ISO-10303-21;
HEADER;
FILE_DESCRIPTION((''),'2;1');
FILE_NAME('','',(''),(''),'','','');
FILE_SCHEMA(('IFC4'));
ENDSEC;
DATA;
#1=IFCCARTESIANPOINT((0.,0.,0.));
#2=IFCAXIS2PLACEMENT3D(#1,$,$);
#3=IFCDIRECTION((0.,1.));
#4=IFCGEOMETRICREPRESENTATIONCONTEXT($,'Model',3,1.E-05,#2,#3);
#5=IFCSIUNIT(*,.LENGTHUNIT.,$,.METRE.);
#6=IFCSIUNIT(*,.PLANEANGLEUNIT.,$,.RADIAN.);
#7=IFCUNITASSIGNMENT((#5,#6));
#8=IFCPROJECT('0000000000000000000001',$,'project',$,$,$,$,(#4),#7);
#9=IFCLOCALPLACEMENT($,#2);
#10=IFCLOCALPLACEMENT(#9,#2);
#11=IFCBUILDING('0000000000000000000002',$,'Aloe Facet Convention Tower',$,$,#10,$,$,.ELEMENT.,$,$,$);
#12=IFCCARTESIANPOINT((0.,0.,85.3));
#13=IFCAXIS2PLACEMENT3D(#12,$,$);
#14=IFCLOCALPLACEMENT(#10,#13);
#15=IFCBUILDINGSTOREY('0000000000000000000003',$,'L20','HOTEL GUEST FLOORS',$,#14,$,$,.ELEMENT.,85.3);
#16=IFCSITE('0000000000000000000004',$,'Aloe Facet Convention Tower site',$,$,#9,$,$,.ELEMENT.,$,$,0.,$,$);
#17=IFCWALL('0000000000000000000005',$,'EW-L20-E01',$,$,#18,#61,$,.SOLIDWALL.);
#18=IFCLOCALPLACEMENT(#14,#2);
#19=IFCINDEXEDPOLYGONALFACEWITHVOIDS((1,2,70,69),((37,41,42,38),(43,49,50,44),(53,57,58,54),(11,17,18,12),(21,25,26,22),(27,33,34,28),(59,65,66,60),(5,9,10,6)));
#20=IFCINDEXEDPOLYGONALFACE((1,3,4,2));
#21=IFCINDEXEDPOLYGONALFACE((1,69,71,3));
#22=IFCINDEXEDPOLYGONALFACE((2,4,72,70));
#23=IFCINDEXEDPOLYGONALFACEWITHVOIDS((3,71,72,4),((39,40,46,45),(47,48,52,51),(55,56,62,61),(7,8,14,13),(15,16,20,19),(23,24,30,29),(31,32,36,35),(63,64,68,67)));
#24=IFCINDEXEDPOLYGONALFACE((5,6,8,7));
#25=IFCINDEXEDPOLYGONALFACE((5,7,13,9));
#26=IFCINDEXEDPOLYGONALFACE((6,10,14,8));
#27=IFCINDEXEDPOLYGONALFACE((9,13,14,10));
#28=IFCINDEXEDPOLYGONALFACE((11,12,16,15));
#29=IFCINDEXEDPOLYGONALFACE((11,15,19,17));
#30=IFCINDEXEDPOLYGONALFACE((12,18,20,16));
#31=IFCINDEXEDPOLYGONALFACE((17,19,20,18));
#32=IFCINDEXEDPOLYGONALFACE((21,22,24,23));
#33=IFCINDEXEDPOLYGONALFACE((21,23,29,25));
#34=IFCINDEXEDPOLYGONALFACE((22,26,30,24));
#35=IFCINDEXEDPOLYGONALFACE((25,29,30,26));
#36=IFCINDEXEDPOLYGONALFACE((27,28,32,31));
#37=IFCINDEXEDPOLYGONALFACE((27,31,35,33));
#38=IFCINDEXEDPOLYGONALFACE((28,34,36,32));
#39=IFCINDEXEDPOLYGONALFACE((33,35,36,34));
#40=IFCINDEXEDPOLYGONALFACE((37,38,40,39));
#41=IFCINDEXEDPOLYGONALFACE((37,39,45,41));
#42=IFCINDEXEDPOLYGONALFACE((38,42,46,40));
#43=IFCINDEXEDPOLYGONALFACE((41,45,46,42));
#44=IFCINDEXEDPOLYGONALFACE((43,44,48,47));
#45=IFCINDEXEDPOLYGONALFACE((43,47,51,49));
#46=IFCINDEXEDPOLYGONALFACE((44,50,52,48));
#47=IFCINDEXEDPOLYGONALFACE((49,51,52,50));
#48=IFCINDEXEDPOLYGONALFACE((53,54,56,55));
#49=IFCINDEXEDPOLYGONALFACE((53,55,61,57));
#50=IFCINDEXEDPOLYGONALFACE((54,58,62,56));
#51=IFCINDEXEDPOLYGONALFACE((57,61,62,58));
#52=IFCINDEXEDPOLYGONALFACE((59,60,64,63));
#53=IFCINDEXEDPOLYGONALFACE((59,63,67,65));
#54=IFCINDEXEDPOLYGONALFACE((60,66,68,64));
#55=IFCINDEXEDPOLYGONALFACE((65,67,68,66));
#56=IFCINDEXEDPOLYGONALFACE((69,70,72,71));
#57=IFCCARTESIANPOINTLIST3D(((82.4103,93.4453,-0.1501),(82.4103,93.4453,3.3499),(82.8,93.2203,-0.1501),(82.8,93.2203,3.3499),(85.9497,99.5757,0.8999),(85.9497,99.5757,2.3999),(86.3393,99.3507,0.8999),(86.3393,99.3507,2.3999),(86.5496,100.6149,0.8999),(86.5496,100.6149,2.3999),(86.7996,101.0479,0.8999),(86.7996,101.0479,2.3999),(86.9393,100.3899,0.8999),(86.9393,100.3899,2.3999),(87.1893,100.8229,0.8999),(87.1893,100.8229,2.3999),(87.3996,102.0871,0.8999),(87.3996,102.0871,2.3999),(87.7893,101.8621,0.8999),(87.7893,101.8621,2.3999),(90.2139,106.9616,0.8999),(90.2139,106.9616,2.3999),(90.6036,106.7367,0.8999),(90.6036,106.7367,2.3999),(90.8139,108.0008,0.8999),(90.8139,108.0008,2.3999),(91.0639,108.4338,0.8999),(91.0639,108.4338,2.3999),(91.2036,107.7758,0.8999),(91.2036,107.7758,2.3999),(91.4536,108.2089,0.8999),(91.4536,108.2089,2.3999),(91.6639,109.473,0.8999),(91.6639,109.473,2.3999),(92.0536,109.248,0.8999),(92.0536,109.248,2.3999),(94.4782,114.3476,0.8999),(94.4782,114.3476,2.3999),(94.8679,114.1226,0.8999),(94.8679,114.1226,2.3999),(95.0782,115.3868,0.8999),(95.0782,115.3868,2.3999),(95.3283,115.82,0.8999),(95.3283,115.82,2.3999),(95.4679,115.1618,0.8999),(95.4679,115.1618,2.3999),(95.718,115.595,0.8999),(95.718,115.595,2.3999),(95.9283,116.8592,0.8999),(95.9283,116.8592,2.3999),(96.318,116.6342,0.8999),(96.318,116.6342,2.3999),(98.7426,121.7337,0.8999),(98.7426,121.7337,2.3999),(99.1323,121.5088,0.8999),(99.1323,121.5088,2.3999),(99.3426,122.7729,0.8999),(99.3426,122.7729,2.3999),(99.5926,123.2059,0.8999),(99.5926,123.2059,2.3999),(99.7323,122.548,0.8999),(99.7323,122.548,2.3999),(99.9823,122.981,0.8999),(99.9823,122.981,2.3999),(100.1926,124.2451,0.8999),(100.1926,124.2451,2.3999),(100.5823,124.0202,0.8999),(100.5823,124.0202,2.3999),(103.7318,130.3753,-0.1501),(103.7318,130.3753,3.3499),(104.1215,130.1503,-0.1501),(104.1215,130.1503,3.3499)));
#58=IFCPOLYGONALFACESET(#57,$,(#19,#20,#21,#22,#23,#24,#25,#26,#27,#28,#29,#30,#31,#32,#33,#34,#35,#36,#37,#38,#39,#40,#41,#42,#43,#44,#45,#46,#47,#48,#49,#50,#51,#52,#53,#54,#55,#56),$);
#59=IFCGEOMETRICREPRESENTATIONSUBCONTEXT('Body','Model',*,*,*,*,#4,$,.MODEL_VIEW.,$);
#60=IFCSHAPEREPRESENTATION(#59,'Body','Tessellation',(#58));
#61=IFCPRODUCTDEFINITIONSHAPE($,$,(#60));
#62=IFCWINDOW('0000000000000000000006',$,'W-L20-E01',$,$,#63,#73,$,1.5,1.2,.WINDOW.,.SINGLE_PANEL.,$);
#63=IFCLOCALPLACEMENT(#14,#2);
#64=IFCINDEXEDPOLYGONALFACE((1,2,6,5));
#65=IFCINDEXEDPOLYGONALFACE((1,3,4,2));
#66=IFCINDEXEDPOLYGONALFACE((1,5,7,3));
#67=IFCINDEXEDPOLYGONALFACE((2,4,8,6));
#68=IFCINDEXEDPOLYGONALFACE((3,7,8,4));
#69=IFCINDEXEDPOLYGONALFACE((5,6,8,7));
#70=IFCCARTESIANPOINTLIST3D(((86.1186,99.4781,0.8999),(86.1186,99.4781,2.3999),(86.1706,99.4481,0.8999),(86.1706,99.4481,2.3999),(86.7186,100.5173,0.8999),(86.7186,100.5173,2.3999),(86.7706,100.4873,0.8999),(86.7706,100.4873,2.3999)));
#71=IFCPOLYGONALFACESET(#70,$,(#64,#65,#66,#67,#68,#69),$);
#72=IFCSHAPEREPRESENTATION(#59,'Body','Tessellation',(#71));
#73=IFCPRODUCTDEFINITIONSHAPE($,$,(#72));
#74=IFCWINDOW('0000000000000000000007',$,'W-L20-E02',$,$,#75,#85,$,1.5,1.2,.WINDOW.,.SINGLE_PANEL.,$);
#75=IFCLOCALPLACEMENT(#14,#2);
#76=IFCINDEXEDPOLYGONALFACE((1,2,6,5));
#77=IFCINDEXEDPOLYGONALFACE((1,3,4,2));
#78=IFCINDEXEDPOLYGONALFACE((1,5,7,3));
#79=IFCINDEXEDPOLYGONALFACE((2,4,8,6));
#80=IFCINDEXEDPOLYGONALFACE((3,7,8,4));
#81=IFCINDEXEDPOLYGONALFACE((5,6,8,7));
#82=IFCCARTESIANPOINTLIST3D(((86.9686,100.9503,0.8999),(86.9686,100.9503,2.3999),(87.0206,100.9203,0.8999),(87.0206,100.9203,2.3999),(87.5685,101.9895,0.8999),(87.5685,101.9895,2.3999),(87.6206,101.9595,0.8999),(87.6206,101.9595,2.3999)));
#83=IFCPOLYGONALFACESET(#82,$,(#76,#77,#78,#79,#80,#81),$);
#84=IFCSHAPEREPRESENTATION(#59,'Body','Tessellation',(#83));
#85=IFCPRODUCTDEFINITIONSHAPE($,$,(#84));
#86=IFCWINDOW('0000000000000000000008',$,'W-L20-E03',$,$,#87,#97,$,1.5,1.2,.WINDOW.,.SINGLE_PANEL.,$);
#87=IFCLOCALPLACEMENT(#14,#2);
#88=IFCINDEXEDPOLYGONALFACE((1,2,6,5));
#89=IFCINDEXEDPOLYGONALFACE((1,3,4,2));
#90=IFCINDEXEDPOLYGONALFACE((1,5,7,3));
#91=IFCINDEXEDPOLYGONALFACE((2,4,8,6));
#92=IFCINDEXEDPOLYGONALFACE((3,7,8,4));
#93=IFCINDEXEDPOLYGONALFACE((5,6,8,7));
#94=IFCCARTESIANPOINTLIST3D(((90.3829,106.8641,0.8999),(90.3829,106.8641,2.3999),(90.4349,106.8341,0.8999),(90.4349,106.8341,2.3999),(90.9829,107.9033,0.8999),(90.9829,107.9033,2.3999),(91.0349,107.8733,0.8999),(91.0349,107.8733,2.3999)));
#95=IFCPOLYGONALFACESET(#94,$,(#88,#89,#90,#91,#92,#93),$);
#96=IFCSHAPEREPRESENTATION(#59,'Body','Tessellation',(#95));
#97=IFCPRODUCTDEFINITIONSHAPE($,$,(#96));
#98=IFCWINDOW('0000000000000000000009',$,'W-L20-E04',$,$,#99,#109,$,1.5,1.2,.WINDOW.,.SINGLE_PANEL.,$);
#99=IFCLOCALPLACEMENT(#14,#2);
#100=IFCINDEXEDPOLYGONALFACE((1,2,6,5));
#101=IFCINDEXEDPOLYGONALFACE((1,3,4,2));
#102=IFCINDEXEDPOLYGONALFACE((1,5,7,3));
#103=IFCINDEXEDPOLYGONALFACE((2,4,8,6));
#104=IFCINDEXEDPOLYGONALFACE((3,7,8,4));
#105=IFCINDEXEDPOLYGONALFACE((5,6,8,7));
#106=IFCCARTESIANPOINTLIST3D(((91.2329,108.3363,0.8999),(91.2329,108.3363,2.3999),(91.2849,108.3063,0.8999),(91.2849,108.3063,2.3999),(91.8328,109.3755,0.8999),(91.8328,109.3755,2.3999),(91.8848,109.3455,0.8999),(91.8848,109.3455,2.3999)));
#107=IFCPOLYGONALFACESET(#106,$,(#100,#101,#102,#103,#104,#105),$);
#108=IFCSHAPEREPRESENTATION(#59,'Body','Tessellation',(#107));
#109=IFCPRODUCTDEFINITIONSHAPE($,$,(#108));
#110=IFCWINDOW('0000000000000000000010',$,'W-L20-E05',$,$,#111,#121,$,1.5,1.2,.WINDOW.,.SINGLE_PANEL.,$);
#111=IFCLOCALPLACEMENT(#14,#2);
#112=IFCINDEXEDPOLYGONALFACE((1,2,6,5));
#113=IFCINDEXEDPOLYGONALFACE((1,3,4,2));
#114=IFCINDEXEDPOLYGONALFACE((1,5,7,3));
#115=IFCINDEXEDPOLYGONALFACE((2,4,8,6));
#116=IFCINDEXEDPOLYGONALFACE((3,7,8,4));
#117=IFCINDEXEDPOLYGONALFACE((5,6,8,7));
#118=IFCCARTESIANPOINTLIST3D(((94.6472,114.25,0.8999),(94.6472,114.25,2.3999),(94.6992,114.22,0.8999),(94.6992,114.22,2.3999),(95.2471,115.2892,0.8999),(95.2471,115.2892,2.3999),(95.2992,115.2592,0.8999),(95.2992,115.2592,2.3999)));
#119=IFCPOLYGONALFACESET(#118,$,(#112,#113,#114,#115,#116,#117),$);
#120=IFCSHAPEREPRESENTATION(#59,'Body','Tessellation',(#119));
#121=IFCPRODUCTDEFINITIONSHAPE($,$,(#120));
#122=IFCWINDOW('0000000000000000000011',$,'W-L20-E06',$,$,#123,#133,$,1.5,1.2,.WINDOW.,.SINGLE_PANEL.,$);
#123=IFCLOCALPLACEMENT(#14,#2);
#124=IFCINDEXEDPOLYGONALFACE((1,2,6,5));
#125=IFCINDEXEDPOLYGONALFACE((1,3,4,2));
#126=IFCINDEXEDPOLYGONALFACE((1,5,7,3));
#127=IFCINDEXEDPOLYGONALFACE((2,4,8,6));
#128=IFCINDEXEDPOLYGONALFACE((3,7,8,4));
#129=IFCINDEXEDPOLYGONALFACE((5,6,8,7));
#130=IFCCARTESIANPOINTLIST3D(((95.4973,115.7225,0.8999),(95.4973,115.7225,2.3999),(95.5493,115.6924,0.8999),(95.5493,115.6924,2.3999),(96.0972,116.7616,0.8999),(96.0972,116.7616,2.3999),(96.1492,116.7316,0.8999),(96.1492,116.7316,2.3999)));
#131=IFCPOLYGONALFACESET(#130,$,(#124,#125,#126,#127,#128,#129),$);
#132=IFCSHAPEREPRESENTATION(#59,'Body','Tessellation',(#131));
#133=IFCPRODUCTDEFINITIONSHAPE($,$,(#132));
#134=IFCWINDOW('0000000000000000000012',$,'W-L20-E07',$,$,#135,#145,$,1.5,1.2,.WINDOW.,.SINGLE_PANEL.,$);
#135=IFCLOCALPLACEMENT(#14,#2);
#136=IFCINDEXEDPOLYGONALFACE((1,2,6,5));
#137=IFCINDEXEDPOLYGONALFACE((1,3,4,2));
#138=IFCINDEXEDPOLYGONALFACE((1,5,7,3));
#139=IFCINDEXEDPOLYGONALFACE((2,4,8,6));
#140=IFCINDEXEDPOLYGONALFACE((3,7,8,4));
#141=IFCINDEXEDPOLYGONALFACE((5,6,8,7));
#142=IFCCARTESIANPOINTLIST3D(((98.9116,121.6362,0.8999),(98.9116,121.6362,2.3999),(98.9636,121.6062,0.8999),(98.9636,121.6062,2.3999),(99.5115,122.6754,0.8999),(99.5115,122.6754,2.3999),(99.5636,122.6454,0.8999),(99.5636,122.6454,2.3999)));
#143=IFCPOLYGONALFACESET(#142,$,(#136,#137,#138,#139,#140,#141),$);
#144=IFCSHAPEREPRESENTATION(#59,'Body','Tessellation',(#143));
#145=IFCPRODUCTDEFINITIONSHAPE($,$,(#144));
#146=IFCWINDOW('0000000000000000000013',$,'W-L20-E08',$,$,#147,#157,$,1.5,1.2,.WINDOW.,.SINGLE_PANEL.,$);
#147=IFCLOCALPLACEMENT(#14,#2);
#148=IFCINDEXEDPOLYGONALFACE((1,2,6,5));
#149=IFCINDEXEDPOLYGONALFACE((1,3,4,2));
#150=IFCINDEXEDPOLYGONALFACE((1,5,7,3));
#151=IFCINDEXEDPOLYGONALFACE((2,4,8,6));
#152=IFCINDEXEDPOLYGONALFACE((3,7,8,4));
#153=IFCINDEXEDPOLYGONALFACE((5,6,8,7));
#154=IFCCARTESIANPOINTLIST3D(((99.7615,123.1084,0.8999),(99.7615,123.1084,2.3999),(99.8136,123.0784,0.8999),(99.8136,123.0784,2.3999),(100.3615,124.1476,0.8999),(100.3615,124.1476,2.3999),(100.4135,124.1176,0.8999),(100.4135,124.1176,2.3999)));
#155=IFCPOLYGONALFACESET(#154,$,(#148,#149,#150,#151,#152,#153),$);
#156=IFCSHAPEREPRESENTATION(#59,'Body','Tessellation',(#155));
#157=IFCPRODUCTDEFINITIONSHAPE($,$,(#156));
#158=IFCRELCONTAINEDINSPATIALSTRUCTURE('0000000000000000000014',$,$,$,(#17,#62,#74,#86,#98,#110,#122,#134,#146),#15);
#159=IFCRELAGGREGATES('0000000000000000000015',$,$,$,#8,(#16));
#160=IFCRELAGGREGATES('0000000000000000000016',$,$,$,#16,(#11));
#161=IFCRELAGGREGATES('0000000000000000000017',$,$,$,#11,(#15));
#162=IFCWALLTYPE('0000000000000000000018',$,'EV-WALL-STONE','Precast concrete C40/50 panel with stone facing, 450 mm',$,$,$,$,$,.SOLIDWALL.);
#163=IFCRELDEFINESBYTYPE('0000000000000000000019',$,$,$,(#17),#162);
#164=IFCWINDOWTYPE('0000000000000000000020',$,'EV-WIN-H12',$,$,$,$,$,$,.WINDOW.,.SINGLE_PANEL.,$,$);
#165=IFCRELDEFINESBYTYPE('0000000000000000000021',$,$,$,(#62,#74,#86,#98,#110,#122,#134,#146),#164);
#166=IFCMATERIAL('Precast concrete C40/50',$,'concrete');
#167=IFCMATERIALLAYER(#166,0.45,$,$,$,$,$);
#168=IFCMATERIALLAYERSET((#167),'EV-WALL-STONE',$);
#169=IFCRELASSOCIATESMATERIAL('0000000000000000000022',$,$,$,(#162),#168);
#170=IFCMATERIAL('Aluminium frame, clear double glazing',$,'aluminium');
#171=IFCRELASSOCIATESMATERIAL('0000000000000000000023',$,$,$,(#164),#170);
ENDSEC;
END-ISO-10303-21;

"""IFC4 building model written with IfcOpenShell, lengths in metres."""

from ifc_helpers import new_model, si_unit, direction, frame, frame_2d, origin, place, context, subcontext, project, spatial, polyline, rectangle, outline, extrude, material, layer, layer_set, type_object, element, fill, save


model = new_model("IFC4")

# Units and contexts
model_context = context("Model", 3, precision=1e-05, world=origin(), true_north=direction((0.0, 1.0)))
body_context = subcontext(model_context, "Body", "Model", "MODEL_VIEW")
ifc_project = project(units=[si_unit("LENGTHUNIT", "METRE"), si_unit("PLANEANGLEUNIT", "RADIAN")], contexts=[model_context])

# Site, building, storey
site_placement = place(None, origin())
site = spatial("IfcSite", under=ifc_project, at=site_placement, Name="Aloe Facet Convention Tower site", CompositionType="ELEMENT", RefElevation=0.0)
building_placement = place(site_placement, origin())
building = spatial("IfcBuilding", under=site, at=building_placement, Name="Aloe Facet Convention Tower", CompositionType="ELEMENT")
storey_placement = place(building_placement, frame((0.0, 0.0, 85.3)))
storey = spatial("IfcBuildingStorey", under=building, at=storey_placement, Name="L20", Description="HOTEL GUEST FLOORS", CompositionType="ELEMENT", Elevation=85.3)

# Wall, openings, windows
ifc_material_1 = material(Name="Precast concrete C40/50", Category="concrete")
ifc_layer_1 = layer(ifc_material_1, 0.45)
ifc_layer_set_1 = layer_set([ifc_layer_1], Name="EV-WALL-STONE")
wall_type_1 = type_object("IfcWallType", Name="EV-WALL-STONE", Description="Precast concrete C40/50 panel with stone facing, 450 mm", PredefinedType="SOLIDWALL", material=ifc_layer_set_1)
wall_1_placement = place(storey_placement, frame((82.6052, 93.3328, -0.1501), z_axis=(0.0, 0.0, 1.0), x_axis=(0.5, 0.866025, 0.0)))
wall_1 = element("IfcWall", 1, at=wall_1_placement, inside=storey, type_object=wall_type_1, Name="EW-L20-E01", PredefinedType="SOLIDWALL", context=body_context, shape_type="SweptSolid", body=[
    extrude(outline(polyline([(42.6431, 0.0), (42.6431, 3.5), (0.0, 3.5), (0.0, 0.0), (42.6431, 0.0)])), frame((0.0, 0.2251, 0.0), z_axis=(0.0, -1.0, 0.0), x_axis=(1.0, 0.0, 0.0)), (0.0, 0.0, 1.0), 0.45),
])
opening_1_placement = place(wall_1_placement, frame((7.0786, 0.0, 1.05)))
opening_1 = element("IfcOpeningElement", 2, at=opening_1_placement, cuts=wall_1, PredefinedType="OPENING", context=body_context, shape_type="SweptSolid", body=[
    extrude(rectangle(XDim=1.2, YDim=1.5, at=frame_2d((0.6001, 0.75))), frame((0.0, 0.2349, 0.0), z_axis=(0.0, -1.0, 0.0), x_axis=(1.0, 0.0, 0.0)), (0.0, 0.0, 1.0), 0.47),
])
opening_2_placement = place(wall_1_placement, frame((8.7786, 0.0, 1.05)))
opening_2 = element("IfcOpeningElement", 3, at=opening_2_placement, cuts=wall_1, PredefinedType="OPENING", context=body_context, shape_type="SweptSolid", body=[
    extrude(rectangle(XDim=1.2, YDim=1.5, at=frame_2d((0.6001, 0.75))), frame((0.0, 0.2349, 0.0), z_axis=(0.0, -1.0, 0.0), x_axis=(1.0, 0.0, 0.0)), (0.0, 0.0, 1.0), 0.47),
])
opening_3_placement = place(wall_1_placement, frame((15.6072, 0.0, 1.05)))
opening_3 = element("IfcOpeningElement", 4, at=opening_3_placement, cuts=wall_1, PredefinedType="OPENING", context=body_context, shape_type="SweptSolid", body=[
    extrude(rectangle(XDim=1.2, YDim=1.5, at=frame_2d((0.6001, 0.75))), frame((0.0, 0.2349, 0.0), z_axis=(0.0, -1.0, 0.0), x_axis=(1.0, 0.0, 0.0)), (0.0, 0.0, 1.0), 0.47),
])
opening_4_placement = place(wall_1_placement, frame((17.3071, 0.0, 1.05)))
opening_4 = element("IfcOpeningElement", 5, at=opening_4_placement, cuts=wall_1, PredefinedType="OPENING", context=body_context, shape_type="SweptSolid", body=[
    extrude(rectangle(XDim=1.2, YDim=1.5, at=frame_2d((0.6001, 0.75))), frame((0.0, 0.2349, 0.0), z_axis=(0.0, -1.0, 0.0), x_axis=(1.0, 0.0, 0.0)), (0.0, 0.0, 1.0), 0.47),
])
opening_5_placement = place(wall_1_placement, frame((24.1357, 0.0, 1.05)))
opening_5 = element("IfcOpeningElement", 6, at=opening_5_placement, cuts=wall_1, PredefinedType="OPENING", context=body_context, shape_type="SweptSolid", body=[
    extrude(rectangle(XDim=1.2, YDim=1.5, at=frame_2d((0.6001, 0.75))), frame((0.0, 0.2349, 0.0), z_axis=(0.0, -1.0, 0.0), x_axis=(1.0, 0.0, 0.0)), (0.0, 0.0, 1.0), 0.47),
])
opening_6_placement = place(wall_1_placement, frame((25.8359, 0.0, 1.05)))
opening_6 = element("IfcOpeningElement", 7, at=opening_6_placement, cuts=wall_1, PredefinedType="OPENING", context=body_context, shape_type="SweptSolid", body=[
    extrude(rectangle(XDim=1.2, YDim=1.5, at=frame_2d((0.6001, 0.75))), frame((0.0, 0.2349, 0.0), z_axis=(0.0, -1.0, 0.0), x_axis=(1.0, 0.0, 0.0)), (0.0, 0.0, 1.0), 0.47),
])
opening_7_placement = place(wall_1_placement, frame((32.6646, 0.0, 1.05)))
opening_7 = element("IfcOpeningElement", 8, at=opening_7_placement, cuts=wall_1, PredefinedType="OPENING", context=body_context, shape_type="SweptSolid", body=[
    extrude(rectangle(XDim=1.2, YDim=1.5, at=frame_2d((0.6001, 0.75))), frame((0.0, 0.2349, 0.0), z_axis=(0.0, -1.0, 0.0), x_axis=(1.0, 0.0, 0.0)), (0.0, 0.0, 1.0), 0.47),
])
opening_8_placement = place(wall_1_placement, frame((34.3645, 0.0, 1.05)))
opening_8 = element("IfcOpeningElement", 9, at=opening_8_placement, cuts=wall_1, PredefinedType="OPENING", context=body_context, shape_type="SweptSolid", body=[
    extrude(rectangle(XDim=1.2, YDim=1.5, at=frame_2d((0.6001, 0.75))), frame((0.0, 0.2349, 0.0), z_axis=(0.0, -1.0, 0.0), x_axis=(1.0, 0.0, 0.0)), (0.0, 0.0, 1.0), 0.47),
])
ifc_material_2 = material(Name="Aluminium frame, clear double glazing", Category="aluminium")
window_type = type_object("IfcWindowType", Name="EV-WIN-H12", PartitioningType="SINGLE_PANEL", PredefinedType="WINDOW", material=ifc_material_2)
window_1_placement = place(opening_1_placement, origin())
window_1 = element("IfcWindow", 10, at=window_1_placement, inside=storey, type_object=window_type, Name="W-L20-E01", OverallHeight=1.5, OverallWidth=1.2, PartitioningType="SINGLE_PANEL", PredefinedType="WINDOW", context=body_context, shape_type="SweptSolid", body=[
    extrude(rectangle(XDim=1.2, YDim=1.5, at=frame_2d((0.6001, 0.75))), frame((0.0, 0.03, 0.0), z_axis=(0.0, -1.0, 0.0), x_axis=(1.0, 0.0, 0.0)), (0.0, 0.0, 1.0), 0.0601),
])
fill(opening_1, window_1)
window_2_placement = place(opening_2_placement, origin())
window_2 = element("IfcWindow", 11, at=window_2_placement, inside=storey, type_object=window_type, Name="W-L20-E02", OverallHeight=1.5, OverallWidth=1.2, PartitioningType="SINGLE_PANEL", PredefinedType="WINDOW", context=body_context, shape_type="SweptSolid", body=[
    extrude(rectangle(XDim=1.2, YDim=1.5, at=frame_2d((0.6001, 0.75))), frame((0.0, 0.03, 0.0), z_axis=(0.0, -1.0, 0.0), x_axis=(1.0, 0.0, 0.0)), (0.0, 0.0, 1.0), 0.0601),
])
fill(opening_2, window_2)
window_3_placement = place(opening_3_placement, origin())
window_3 = element("IfcWindow", 12, at=window_3_placement, inside=storey, type_object=window_type, Name="W-L20-E03", OverallHeight=1.5, OverallWidth=1.2, PartitioningType="SINGLE_PANEL", PredefinedType="WINDOW", context=body_context, shape_type="SweptSolid", body=[
    extrude(rectangle(XDim=1.2, YDim=1.5, at=frame_2d((0.6001, 0.75))), frame((0.0, 0.03, 0.0), z_axis=(0.0, -1.0, 0.0), x_axis=(1.0, 0.0, 0.0)), (0.0, 0.0, 1.0), 0.0601),
])
fill(opening_3, window_3)
window_4_placement = place(opening_4_placement, origin())
window_4 = element("IfcWindow", 13, at=window_4_placement, inside=storey, type_object=window_type, Name="W-L20-E04", OverallHeight=1.5, OverallWidth=1.2, PartitioningType="SINGLE_PANEL", PredefinedType="WINDOW", context=body_context, shape_type="SweptSolid", body=[
    extrude(rectangle(XDim=1.2, YDim=1.5, at=frame_2d((0.6001, 0.75))), frame((0.0, 0.03, 0.0), z_axis=(0.0, -1.0, 0.0), x_axis=(1.0, 0.0, 0.0)), (0.0, 0.0, 1.0), 0.0601),
])
fill(opening_4, window_4)
window_5_placement = place(opening_5_placement, origin())
window_5 = element("IfcWindow", 14, at=window_5_placement, inside=storey, type_object=window_type, Name="W-L20-E05", OverallHeight=1.5, OverallWidth=1.2, PartitioningType="SINGLE_PANEL", PredefinedType="WINDOW", context=body_context, shape_type="SweptSolid", body=[
    extrude(rectangle(XDim=1.2, YDim=1.5, at=frame_2d((0.6001, 0.75))), frame((0.0, 0.03, 0.0), z_axis=(0.0, -1.0, 0.0), x_axis=(1.0, 0.0, 0.0)), (0.0, 0.0, 1.0), 0.0601),
])
fill(opening_5, window_5)
window_6_placement = place(opening_6_placement, origin())
window_6 = element("IfcWindow", 15, at=window_6_placement, inside=storey, type_object=window_type, Name="W-L20-E06", OverallHeight=1.5, OverallWidth=1.2, PartitioningType="SINGLE_PANEL", PredefinedType="WINDOW", context=body_context, shape_type="SweptSolid", body=[
    extrude(rectangle(XDim=1.2, YDim=1.5, at=frame_2d((0.6001, 0.75))), frame((0.0, 0.03, 0.0), z_axis=(0.0, -1.0, 0.0), x_axis=(1.0, 0.0, 0.0)), (0.0, 0.0, 1.0), 0.0601),
])
fill(opening_6, window_6)
window_7_placement = place(opening_7_placement, origin())
window_7 = element("IfcWindow", 16, at=window_7_placement, inside=storey, type_object=window_type, Name="W-L20-E07", OverallHeight=1.5, OverallWidth=1.2, PartitioningType="SINGLE_PANEL", PredefinedType="WINDOW", context=body_context, shape_type="SweptSolid", body=[
    extrude(rectangle(XDim=1.2, YDim=1.5, at=frame_2d((0.6001, 0.75))), frame((0.0, 0.03, 0.0), z_axis=(0.0, -1.0, 0.0), x_axis=(1.0, 0.0, 0.0)), (0.0, 0.0, 1.0), 0.0601),
])
fill(opening_7, window_7)
window_8_placement = place(opening_8_placement, origin())
window_8 = element("IfcWindow", 17, at=window_8_placement, inside=storey, type_object=window_type, Name="W-L20-E08", OverallHeight=1.5, OverallWidth=1.2, PartitioningType="SINGLE_PANEL", PredefinedType="WINDOW", context=body_context, shape_type="SweptSolid", body=[
    extrude(rectangle(XDim=1.2, YDim=1.5, at=frame_2d((0.6001, 0.75))), frame((0.0, 0.03, 0.0), z_axis=(0.0, -1.0, 0.0), x_axis=(1.0, 0.0, 0.0)), (0.0, 0.0, 1.0), 0.0601),
])
fill(opening_8, window_8)

save(model, "model.ifc")
